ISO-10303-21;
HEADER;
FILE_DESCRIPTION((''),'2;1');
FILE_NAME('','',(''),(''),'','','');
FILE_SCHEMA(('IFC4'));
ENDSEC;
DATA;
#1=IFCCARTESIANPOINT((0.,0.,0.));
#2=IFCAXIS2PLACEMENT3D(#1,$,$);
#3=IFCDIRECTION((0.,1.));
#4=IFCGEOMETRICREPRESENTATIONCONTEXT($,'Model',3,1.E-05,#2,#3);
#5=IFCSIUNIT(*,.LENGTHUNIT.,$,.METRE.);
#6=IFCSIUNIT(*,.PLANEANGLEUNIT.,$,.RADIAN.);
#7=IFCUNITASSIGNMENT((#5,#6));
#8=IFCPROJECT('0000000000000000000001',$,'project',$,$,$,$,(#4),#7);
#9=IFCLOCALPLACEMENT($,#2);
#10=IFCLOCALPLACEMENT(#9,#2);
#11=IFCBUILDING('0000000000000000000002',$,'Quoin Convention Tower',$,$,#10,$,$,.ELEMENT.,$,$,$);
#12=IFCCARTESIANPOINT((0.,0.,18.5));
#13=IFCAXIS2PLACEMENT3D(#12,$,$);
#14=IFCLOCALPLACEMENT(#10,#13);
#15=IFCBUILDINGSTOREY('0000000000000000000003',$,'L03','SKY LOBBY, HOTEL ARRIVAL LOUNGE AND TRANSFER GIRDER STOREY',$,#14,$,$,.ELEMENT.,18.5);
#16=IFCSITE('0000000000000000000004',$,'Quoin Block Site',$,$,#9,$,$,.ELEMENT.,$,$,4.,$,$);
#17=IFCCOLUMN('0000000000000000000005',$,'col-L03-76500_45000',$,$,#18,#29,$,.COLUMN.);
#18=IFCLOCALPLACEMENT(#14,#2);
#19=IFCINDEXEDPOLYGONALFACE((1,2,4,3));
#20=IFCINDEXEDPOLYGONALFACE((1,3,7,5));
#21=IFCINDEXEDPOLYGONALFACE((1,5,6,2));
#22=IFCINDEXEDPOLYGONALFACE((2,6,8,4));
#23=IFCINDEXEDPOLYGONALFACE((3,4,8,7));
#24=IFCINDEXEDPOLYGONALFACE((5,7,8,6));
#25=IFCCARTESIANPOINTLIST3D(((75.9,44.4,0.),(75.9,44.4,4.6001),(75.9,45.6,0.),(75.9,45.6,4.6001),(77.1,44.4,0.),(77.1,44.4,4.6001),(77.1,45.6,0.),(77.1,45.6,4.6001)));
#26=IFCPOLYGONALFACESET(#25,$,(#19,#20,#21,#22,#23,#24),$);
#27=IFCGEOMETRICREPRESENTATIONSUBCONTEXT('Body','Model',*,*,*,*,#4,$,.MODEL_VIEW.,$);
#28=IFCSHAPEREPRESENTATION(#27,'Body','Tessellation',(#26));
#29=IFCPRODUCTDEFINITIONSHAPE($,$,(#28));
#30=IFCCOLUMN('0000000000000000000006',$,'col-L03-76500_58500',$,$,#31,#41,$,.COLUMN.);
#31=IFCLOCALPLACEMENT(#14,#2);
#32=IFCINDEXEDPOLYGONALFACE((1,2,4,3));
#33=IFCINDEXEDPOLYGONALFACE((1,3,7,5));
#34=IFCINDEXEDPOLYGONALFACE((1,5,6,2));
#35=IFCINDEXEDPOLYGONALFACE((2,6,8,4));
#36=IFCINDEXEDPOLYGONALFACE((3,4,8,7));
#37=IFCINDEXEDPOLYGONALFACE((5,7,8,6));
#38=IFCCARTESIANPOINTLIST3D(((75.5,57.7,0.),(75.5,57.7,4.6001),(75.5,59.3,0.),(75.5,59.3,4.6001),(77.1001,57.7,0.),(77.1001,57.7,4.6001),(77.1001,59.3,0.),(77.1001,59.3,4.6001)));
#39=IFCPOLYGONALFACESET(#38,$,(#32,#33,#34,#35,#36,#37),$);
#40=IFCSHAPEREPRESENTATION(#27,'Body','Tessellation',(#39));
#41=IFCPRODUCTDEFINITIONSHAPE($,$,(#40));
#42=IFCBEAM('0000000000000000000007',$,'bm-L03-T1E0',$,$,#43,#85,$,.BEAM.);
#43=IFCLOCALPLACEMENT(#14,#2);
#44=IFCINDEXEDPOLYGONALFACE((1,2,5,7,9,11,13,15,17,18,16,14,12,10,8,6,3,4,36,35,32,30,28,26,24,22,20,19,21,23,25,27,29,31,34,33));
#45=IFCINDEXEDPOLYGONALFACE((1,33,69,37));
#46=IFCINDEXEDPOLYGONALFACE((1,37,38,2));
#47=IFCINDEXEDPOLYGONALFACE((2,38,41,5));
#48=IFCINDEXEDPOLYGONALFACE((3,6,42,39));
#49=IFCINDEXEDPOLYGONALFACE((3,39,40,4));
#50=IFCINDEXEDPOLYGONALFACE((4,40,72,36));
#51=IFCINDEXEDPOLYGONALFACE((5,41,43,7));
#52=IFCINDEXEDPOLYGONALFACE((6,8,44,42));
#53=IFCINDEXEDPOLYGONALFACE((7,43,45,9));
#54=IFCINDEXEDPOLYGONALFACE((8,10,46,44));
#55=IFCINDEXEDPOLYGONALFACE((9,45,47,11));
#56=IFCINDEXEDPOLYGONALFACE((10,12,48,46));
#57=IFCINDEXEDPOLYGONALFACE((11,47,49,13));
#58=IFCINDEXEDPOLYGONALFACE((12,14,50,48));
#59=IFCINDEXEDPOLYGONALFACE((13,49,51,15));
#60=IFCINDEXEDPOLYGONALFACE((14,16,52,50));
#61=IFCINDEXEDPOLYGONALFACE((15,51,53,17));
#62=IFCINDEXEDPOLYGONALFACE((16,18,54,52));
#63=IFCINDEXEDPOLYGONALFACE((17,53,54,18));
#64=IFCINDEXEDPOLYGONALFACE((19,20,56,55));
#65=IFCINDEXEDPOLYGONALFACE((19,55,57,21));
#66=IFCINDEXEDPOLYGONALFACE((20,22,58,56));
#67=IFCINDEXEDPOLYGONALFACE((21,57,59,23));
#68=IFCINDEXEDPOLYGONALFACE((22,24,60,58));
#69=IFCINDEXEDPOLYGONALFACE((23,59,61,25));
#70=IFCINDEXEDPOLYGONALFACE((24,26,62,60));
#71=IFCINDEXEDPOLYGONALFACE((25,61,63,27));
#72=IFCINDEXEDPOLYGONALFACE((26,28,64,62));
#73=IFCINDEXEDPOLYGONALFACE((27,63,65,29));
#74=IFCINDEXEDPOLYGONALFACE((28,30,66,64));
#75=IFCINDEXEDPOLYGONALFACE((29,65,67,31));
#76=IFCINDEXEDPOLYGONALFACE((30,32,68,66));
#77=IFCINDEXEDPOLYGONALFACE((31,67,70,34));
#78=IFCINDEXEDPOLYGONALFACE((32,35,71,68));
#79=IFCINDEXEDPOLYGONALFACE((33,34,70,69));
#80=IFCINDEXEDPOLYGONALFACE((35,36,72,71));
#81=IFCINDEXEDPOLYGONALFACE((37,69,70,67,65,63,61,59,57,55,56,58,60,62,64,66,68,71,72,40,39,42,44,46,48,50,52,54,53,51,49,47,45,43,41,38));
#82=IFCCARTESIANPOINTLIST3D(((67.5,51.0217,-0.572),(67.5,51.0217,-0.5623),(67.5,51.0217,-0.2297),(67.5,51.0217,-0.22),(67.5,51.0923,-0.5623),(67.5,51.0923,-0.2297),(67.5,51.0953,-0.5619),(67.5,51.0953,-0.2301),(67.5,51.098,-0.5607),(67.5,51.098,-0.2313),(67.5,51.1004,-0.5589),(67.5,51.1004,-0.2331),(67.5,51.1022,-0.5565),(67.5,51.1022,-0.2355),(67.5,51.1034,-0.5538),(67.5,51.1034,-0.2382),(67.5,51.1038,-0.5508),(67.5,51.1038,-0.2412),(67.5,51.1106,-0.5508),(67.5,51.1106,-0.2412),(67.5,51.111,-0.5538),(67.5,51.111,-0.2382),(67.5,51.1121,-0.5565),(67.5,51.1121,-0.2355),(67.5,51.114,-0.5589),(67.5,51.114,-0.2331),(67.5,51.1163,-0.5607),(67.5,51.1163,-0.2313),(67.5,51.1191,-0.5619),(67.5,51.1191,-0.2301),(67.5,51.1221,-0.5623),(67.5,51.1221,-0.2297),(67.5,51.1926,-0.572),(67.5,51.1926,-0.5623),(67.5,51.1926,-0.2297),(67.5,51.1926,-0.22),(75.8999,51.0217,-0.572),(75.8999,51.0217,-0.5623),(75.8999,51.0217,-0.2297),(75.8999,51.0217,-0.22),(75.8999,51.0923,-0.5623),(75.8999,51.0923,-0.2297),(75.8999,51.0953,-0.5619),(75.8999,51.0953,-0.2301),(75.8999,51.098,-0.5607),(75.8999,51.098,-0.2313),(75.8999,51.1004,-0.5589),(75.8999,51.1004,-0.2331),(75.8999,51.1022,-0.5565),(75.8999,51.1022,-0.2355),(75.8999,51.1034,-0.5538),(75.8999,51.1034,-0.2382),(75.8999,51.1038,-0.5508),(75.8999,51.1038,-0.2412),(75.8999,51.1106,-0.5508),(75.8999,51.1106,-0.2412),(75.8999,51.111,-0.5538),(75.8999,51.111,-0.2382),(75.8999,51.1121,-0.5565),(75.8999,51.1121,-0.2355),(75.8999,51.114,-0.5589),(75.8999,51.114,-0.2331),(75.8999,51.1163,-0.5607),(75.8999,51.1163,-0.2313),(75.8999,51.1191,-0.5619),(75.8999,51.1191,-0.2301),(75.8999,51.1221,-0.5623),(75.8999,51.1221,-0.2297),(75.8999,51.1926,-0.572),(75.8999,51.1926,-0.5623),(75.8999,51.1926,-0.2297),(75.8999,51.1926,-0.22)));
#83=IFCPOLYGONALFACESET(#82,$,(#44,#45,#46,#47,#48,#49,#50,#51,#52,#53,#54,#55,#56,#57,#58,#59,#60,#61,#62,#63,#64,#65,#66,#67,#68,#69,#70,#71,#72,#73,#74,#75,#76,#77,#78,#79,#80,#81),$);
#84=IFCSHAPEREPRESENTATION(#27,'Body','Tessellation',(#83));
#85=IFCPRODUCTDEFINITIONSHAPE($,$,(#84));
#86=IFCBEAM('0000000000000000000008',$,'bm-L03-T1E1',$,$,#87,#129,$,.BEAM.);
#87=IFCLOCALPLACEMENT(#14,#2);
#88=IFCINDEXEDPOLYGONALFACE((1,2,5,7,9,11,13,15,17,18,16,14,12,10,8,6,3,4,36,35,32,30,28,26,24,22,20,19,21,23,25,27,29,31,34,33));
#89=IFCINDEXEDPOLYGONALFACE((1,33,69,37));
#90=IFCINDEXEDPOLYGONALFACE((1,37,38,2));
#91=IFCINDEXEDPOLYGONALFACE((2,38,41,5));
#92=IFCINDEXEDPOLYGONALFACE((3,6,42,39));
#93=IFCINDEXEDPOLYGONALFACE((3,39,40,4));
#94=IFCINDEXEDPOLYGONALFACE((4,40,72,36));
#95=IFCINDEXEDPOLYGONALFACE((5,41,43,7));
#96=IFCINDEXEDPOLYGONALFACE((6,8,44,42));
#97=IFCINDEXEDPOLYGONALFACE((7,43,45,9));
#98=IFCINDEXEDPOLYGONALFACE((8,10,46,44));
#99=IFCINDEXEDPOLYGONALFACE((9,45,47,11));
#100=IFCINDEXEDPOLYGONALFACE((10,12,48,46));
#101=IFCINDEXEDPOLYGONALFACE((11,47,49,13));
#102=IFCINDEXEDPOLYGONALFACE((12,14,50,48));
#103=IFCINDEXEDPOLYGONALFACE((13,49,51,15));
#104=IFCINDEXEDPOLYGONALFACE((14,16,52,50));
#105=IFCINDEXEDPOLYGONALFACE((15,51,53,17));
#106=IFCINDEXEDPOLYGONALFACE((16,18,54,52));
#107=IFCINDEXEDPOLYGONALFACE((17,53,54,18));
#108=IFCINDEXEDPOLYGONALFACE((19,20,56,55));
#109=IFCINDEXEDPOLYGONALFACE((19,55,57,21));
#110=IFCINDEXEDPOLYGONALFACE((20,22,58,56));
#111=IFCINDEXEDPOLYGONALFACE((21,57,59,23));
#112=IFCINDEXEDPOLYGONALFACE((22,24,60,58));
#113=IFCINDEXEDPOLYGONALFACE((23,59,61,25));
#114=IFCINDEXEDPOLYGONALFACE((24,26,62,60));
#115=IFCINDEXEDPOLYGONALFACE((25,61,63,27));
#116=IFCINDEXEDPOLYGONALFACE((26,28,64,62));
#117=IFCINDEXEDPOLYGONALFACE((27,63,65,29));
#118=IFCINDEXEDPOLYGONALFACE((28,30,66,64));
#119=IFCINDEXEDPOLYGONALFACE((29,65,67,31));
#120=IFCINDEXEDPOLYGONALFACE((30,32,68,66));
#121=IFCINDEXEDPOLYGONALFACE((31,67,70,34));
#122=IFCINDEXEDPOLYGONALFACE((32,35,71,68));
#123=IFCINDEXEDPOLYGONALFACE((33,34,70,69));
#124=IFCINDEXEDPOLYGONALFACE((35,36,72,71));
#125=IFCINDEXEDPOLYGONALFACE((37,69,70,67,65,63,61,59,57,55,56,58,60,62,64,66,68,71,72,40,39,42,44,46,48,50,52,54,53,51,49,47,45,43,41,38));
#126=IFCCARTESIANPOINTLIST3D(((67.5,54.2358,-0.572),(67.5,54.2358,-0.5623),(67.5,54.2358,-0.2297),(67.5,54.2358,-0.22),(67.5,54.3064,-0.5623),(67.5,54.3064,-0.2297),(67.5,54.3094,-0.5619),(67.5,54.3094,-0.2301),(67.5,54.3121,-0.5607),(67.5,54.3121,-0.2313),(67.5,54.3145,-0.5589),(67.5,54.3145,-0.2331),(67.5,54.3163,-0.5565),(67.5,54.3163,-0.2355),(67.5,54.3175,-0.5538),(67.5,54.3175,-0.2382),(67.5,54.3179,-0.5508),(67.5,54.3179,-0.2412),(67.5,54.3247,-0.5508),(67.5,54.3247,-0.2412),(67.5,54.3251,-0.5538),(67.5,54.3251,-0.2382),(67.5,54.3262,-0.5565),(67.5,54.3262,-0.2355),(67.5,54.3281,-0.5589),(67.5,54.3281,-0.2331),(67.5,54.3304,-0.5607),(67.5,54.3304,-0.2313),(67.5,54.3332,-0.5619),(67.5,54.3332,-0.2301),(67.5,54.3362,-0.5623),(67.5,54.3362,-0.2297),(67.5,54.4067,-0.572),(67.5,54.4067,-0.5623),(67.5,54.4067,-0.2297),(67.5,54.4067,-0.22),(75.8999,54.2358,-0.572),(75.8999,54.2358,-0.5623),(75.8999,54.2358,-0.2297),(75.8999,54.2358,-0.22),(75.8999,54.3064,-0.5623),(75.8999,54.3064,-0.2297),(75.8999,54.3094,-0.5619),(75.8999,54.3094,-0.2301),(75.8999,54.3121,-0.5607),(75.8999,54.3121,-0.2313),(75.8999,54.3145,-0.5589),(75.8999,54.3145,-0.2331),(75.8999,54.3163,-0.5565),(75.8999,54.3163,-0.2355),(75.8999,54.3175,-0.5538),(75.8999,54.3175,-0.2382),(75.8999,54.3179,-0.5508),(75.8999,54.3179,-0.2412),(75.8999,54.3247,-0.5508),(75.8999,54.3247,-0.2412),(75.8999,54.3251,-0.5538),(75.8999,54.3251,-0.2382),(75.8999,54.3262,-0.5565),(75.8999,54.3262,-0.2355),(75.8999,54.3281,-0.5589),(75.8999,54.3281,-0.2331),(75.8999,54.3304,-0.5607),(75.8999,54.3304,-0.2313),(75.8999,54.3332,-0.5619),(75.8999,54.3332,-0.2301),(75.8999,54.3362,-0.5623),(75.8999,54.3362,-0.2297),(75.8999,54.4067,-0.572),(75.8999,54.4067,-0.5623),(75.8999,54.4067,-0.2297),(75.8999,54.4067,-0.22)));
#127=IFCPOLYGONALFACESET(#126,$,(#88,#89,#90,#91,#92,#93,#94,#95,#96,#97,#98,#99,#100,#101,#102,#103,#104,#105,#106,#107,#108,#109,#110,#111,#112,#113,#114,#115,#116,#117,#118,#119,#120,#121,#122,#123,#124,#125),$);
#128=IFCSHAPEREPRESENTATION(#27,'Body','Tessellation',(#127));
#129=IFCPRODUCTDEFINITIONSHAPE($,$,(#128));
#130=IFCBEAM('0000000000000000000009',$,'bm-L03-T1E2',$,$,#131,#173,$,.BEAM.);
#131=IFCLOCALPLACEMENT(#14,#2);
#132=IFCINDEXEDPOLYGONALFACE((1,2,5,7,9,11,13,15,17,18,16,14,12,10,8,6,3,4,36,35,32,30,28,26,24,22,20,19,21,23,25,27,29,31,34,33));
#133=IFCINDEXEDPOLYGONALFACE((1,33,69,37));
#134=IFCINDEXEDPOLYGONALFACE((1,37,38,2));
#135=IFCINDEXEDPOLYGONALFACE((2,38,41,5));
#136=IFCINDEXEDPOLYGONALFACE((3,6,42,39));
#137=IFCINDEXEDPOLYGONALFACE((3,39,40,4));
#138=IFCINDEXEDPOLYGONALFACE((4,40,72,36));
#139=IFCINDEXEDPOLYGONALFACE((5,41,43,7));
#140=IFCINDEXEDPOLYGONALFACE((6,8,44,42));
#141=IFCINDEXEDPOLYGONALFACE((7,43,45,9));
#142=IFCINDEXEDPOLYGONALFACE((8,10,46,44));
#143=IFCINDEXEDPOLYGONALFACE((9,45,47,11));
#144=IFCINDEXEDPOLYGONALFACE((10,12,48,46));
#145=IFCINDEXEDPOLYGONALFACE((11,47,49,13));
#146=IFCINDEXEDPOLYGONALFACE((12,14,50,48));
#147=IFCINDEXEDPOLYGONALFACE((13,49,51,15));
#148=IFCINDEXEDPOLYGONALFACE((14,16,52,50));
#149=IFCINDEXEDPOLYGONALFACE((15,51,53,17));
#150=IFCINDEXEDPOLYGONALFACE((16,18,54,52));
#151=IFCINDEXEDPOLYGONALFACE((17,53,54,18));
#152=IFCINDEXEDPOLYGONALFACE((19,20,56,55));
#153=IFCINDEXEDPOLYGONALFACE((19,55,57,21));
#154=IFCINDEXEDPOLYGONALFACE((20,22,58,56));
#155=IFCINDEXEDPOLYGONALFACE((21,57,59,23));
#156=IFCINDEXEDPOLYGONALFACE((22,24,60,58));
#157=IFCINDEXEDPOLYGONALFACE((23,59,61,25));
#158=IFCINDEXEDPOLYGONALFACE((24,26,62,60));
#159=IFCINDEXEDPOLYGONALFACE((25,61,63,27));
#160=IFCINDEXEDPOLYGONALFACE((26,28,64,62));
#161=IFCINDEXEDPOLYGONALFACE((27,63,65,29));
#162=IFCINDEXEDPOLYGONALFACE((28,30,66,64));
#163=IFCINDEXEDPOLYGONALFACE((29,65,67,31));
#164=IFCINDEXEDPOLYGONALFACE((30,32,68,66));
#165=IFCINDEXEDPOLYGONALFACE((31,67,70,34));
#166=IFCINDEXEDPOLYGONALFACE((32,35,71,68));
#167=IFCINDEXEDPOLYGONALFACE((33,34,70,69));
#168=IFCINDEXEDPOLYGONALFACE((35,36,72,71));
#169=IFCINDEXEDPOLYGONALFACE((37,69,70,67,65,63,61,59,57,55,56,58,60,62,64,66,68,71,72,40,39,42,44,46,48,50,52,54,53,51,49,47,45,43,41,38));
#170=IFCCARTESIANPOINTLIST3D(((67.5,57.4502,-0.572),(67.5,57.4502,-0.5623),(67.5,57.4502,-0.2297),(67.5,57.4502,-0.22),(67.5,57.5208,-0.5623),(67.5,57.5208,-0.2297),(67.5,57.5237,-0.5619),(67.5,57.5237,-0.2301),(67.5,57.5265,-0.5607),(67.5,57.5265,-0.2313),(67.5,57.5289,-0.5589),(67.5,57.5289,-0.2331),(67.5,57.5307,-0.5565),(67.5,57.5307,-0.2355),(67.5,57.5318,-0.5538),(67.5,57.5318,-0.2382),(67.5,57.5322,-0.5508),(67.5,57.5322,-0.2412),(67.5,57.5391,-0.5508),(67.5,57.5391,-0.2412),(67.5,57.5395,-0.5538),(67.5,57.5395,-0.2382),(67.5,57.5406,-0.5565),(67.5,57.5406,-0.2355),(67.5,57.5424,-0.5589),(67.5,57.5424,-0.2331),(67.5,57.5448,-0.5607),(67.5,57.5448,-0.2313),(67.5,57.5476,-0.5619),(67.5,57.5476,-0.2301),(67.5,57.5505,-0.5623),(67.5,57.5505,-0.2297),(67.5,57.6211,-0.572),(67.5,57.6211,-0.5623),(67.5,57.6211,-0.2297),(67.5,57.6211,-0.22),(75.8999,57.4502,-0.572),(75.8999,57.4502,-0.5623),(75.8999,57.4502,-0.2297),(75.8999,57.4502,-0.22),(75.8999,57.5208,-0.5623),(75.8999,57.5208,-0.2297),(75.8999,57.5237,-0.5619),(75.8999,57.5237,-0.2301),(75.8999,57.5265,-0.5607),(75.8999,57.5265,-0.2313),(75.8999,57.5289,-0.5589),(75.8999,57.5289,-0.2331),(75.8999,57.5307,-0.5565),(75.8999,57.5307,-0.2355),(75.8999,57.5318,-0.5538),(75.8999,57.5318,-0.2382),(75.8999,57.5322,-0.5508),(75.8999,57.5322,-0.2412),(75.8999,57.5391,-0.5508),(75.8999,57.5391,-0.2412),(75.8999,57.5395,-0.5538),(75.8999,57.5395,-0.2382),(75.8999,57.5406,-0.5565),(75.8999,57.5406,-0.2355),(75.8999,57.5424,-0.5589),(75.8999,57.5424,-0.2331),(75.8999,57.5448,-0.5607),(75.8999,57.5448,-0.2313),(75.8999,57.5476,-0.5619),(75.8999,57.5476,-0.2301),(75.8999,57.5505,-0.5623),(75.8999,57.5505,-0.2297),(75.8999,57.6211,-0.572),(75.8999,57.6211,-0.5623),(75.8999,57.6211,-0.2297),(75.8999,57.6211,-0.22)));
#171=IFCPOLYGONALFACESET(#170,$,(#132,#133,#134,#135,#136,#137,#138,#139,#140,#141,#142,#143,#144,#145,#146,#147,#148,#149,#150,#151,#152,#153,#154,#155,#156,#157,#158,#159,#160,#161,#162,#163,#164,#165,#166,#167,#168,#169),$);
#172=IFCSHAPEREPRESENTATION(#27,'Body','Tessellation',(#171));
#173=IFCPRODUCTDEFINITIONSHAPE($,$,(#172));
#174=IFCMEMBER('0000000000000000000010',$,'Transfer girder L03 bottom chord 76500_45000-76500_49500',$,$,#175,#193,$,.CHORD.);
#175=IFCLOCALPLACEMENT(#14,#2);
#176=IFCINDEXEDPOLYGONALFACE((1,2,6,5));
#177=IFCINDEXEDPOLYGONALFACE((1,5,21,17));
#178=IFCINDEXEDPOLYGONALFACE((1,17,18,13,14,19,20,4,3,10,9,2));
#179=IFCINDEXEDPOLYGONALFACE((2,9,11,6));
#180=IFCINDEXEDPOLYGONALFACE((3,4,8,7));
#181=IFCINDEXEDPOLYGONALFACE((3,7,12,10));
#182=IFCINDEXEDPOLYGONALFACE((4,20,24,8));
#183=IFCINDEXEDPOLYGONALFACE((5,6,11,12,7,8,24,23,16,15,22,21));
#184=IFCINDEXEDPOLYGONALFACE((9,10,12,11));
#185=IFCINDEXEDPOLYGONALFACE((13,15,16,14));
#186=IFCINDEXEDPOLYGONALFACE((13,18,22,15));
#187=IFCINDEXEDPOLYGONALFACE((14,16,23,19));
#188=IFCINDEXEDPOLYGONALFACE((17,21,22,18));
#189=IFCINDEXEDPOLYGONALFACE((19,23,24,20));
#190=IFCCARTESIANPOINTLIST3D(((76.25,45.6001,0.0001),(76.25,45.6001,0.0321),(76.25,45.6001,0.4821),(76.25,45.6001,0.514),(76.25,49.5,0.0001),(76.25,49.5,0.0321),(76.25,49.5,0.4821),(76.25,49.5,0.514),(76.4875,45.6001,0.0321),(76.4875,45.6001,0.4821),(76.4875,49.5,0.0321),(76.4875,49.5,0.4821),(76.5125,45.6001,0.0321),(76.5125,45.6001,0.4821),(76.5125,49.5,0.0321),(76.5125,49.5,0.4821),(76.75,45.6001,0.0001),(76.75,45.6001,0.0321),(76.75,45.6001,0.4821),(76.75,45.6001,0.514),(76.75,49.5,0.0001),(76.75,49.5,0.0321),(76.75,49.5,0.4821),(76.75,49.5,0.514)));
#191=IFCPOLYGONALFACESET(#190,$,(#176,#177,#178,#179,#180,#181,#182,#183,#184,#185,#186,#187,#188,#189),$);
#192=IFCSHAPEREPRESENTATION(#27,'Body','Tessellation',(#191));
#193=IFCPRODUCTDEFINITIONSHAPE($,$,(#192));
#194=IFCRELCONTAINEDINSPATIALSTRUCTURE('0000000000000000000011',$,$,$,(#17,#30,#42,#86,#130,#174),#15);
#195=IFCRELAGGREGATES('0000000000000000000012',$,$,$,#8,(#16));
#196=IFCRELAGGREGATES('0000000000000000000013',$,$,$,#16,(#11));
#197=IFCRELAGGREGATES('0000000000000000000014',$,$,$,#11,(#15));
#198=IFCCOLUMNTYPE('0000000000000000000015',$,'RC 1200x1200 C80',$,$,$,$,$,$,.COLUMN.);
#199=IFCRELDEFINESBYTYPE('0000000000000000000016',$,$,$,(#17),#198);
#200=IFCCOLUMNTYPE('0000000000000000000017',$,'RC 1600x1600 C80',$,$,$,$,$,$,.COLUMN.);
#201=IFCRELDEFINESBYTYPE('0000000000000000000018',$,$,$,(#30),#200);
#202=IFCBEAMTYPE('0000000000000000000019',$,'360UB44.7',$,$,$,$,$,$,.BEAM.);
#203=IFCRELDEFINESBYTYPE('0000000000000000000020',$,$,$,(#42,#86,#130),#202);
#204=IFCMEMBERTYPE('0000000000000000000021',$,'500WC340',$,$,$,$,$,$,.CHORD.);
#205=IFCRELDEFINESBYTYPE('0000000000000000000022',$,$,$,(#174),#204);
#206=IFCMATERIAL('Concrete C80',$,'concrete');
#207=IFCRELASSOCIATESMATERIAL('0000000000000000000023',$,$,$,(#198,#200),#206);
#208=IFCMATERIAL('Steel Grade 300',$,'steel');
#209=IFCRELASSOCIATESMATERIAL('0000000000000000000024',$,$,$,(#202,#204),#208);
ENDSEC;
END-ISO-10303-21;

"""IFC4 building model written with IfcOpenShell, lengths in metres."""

from ifc_helpers import new_model, si_unit, direction, frame, origin, origin_2d, place, context, subcontext, project, spatial, rectangle, i_section, extrude, material, material_profile, profile_set, type_object, element, save


model = new_model("IFC4")

# Units and contexts
model_context = context("Model", 3, precision=1e-05, world=origin(), true_north=direction((0.0, 1.0)))
body_context = subcontext(model_context, "Body", "Model", "MODEL_VIEW")
ifc_project = project(units=[si_unit("LENGTHUNIT", "METRE"), si_unit("PLANEANGLEUNIT", "RADIAN")], contexts=[model_context])

# Site, building, storey
site_placement = place(None, origin())
site = spatial("IfcSite", under=ifc_project, at=site_placement, Name="Quoin Block Site", CompositionType="ELEMENT", RefElevation=4.0)
building_placement = place(site_placement, origin())
building = spatial("IfcBuilding", under=site, at=building_placement, Name="Quoin Convention Tower", CompositionType="ELEMENT")
storey_placement = place(building_placement, frame((0.0, 0.0, 18.5)))
storey = spatial("IfcBuildingStorey", under=building, at=storey_placement, Name="L03", Description="SKY LOBBY, HOTEL ARRIVAL LOUNGE AND TRANSFER GIRDER STOREY", CompositionType="ELEMENT", Elevation=18.5)

# Columns
ifc_material_1 = material(Name="Concrete C80", Category="concrete")
ifc_material_profile_1 = material_profile(ifc_material_1, rectangle(XDim=1.2, YDim=1.2, at=origin_2d()), Name="RC 1200x1200")
ifc_profile_set_1 = profile_set([ifc_material_profile_1], Name="Concrete C80")
column_type_1 = type_object("IfcColumnType", Name="RC 1200x1200 C80", PredefinedType="COLUMN", material=ifc_profile_set_1)
column_1_placement = place(storey_placement, frame((76.5, 45.0, 0.0), z_axis=(0.0, 0.0, 1.0), x_axis=(1.0, 0.0, 0.0)))
element("IfcColumn", 1, at=column_1_placement, inside=storey, type_object=column_type_1, Name="col-L03-76500_45000", PredefinedType="COLUMN", context=body_context, shape_type="SweptSolid", body=[
    extrude(rectangle(XDim=1.2, YDim=1.2, at=origin_2d()), origin(), (0.0, 0.0, 1.0), 4.6001),
])
ifc_material_profile_2 = material_profile(ifc_material_1, rectangle(XDim=1.6001, YDim=1.6001, at=origin_2d()), Name="RC 1600x1600")
ifc_profile_set_2 = profile_set([ifc_material_profile_2], Name="Concrete C80")
column_type_2 = type_object("IfcColumnType", Name="RC 1600x1600 C80", PredefinedType="COLUMN", material=ifc_profile_set_2)
column_2_placement = place(storey_placement, frame((76.3, 58.5, 0.0), z_axis=(0.0, 0.0, 1.0), x_axis=(1.0, 0.0, 0.0)))
element("IfcColumn", 2, at=column_2_placement, inside=storey, type_object=column_type_2, Name="col-L03-76500_58500", PredefinedType="COLUMN", context=body_context, shape_type="SweptSolid", body=[
    extrude(rectangle(XDim=1.6001, YDim=1.6001, at=origin_2d()), origin(), (0.0, 0.0, 1.0), 4.6001),
])

# Beams
ifc_material_2 = material(Name="Steel Grade 300", Category="steel")
ifc_material_profile_3 = material_profile(ifc_material_2, i_section(OverallWidth=0.1709, OverallDepth=0.3521, WebThickness=0.0068, FlangeThickness=0.0098, FilletRadius=0.0115, at=origin_2d()), Name="360UB44.7")
ifc_profile_set_3 = profile_set([ifc_material_profile_3], Name="Steel Grade 300")
beam_type_1 = type_object("IfcBeamType", Name="360UB44.7", PredefinedType="BEAM", material=ifc_profile_set_3)
for number, where, z_axis, x_axis, name in (
    (3, (67.5, 51.1072, -0.396), (1.0, 0.0, 0.0), (0.0, 1.0, 0.0), "bm-L03-T1E0"),
    (4, (67.5, 54.3213, -0.396), (1.0, 0.0, 0.0), (0.0, 1.0, 0.0), "bm-L03-T1E1"),
    (5, (67.5, 57.5356, -0.396), (1.0, 0.0, 0.0), (0.0, 1.0, 0.0), "bm-L03-T1E2"),
):
    element("IfcBeam", number, at=place(storey_placement, frame(where, z_axis=z_axis, x_axis=x_axis)), inside=storey, type_object=beam_type_1, Name=name, PredefinedType="BEAM", context=body_context, shape_type="SweptSolid", body=[
        extrude(i_section(OverallWidth=0.1709, OverallDepth=0.3521, WebThickness=0.0068, FlangeThickness=0.0098, FilletRadius=0.0115, at=origin_2d()), origin(), (0.0, 0.0, 1.0), 8.3999),
    ])

# Member
ifc_material_profile_4 = material_profile(ifc_material_2, i_section(OverallWidth=0.5, OverallDepth=0.5139, WebThickness=0.0249, FlangeThickness=0.032, at=origin_2d()), Name="500WC340")
ifc_profile_set_4 = profile_set([ifc_material_profile_4], Name="Steel Grade 300")
member_type_1 = type_object("IfcMemberType", Name="500WC340", PredefinedType="CHORD", material=ifc_profile_set_4)
member_1_placement = place(storey_placement, frame((76.5, 45.6001, 0.2571), z_axis=(0.0, 1.0, 0.0), x_axis=(-1.0, 0.0, 0.0)))
element("IfcMember", 6, at=member_1_placement, inside=storey, type_object=member_type_1, Name="Transfer girder L03 bottom chord 76500_45000-76500_49500", PredefinedType="CHORD", context=body_context, shape_type="SweptSolid", body=[
    extrude(i_section(OverallWidth=0.5, OverallDepth=0.5139, WebThickness=0.0249, FlangeThickness=0.032, at=origin_2d()), origin(), (0.0, 0.0, 1.0), 3.8999),
])

save(model, "model.ifc")
